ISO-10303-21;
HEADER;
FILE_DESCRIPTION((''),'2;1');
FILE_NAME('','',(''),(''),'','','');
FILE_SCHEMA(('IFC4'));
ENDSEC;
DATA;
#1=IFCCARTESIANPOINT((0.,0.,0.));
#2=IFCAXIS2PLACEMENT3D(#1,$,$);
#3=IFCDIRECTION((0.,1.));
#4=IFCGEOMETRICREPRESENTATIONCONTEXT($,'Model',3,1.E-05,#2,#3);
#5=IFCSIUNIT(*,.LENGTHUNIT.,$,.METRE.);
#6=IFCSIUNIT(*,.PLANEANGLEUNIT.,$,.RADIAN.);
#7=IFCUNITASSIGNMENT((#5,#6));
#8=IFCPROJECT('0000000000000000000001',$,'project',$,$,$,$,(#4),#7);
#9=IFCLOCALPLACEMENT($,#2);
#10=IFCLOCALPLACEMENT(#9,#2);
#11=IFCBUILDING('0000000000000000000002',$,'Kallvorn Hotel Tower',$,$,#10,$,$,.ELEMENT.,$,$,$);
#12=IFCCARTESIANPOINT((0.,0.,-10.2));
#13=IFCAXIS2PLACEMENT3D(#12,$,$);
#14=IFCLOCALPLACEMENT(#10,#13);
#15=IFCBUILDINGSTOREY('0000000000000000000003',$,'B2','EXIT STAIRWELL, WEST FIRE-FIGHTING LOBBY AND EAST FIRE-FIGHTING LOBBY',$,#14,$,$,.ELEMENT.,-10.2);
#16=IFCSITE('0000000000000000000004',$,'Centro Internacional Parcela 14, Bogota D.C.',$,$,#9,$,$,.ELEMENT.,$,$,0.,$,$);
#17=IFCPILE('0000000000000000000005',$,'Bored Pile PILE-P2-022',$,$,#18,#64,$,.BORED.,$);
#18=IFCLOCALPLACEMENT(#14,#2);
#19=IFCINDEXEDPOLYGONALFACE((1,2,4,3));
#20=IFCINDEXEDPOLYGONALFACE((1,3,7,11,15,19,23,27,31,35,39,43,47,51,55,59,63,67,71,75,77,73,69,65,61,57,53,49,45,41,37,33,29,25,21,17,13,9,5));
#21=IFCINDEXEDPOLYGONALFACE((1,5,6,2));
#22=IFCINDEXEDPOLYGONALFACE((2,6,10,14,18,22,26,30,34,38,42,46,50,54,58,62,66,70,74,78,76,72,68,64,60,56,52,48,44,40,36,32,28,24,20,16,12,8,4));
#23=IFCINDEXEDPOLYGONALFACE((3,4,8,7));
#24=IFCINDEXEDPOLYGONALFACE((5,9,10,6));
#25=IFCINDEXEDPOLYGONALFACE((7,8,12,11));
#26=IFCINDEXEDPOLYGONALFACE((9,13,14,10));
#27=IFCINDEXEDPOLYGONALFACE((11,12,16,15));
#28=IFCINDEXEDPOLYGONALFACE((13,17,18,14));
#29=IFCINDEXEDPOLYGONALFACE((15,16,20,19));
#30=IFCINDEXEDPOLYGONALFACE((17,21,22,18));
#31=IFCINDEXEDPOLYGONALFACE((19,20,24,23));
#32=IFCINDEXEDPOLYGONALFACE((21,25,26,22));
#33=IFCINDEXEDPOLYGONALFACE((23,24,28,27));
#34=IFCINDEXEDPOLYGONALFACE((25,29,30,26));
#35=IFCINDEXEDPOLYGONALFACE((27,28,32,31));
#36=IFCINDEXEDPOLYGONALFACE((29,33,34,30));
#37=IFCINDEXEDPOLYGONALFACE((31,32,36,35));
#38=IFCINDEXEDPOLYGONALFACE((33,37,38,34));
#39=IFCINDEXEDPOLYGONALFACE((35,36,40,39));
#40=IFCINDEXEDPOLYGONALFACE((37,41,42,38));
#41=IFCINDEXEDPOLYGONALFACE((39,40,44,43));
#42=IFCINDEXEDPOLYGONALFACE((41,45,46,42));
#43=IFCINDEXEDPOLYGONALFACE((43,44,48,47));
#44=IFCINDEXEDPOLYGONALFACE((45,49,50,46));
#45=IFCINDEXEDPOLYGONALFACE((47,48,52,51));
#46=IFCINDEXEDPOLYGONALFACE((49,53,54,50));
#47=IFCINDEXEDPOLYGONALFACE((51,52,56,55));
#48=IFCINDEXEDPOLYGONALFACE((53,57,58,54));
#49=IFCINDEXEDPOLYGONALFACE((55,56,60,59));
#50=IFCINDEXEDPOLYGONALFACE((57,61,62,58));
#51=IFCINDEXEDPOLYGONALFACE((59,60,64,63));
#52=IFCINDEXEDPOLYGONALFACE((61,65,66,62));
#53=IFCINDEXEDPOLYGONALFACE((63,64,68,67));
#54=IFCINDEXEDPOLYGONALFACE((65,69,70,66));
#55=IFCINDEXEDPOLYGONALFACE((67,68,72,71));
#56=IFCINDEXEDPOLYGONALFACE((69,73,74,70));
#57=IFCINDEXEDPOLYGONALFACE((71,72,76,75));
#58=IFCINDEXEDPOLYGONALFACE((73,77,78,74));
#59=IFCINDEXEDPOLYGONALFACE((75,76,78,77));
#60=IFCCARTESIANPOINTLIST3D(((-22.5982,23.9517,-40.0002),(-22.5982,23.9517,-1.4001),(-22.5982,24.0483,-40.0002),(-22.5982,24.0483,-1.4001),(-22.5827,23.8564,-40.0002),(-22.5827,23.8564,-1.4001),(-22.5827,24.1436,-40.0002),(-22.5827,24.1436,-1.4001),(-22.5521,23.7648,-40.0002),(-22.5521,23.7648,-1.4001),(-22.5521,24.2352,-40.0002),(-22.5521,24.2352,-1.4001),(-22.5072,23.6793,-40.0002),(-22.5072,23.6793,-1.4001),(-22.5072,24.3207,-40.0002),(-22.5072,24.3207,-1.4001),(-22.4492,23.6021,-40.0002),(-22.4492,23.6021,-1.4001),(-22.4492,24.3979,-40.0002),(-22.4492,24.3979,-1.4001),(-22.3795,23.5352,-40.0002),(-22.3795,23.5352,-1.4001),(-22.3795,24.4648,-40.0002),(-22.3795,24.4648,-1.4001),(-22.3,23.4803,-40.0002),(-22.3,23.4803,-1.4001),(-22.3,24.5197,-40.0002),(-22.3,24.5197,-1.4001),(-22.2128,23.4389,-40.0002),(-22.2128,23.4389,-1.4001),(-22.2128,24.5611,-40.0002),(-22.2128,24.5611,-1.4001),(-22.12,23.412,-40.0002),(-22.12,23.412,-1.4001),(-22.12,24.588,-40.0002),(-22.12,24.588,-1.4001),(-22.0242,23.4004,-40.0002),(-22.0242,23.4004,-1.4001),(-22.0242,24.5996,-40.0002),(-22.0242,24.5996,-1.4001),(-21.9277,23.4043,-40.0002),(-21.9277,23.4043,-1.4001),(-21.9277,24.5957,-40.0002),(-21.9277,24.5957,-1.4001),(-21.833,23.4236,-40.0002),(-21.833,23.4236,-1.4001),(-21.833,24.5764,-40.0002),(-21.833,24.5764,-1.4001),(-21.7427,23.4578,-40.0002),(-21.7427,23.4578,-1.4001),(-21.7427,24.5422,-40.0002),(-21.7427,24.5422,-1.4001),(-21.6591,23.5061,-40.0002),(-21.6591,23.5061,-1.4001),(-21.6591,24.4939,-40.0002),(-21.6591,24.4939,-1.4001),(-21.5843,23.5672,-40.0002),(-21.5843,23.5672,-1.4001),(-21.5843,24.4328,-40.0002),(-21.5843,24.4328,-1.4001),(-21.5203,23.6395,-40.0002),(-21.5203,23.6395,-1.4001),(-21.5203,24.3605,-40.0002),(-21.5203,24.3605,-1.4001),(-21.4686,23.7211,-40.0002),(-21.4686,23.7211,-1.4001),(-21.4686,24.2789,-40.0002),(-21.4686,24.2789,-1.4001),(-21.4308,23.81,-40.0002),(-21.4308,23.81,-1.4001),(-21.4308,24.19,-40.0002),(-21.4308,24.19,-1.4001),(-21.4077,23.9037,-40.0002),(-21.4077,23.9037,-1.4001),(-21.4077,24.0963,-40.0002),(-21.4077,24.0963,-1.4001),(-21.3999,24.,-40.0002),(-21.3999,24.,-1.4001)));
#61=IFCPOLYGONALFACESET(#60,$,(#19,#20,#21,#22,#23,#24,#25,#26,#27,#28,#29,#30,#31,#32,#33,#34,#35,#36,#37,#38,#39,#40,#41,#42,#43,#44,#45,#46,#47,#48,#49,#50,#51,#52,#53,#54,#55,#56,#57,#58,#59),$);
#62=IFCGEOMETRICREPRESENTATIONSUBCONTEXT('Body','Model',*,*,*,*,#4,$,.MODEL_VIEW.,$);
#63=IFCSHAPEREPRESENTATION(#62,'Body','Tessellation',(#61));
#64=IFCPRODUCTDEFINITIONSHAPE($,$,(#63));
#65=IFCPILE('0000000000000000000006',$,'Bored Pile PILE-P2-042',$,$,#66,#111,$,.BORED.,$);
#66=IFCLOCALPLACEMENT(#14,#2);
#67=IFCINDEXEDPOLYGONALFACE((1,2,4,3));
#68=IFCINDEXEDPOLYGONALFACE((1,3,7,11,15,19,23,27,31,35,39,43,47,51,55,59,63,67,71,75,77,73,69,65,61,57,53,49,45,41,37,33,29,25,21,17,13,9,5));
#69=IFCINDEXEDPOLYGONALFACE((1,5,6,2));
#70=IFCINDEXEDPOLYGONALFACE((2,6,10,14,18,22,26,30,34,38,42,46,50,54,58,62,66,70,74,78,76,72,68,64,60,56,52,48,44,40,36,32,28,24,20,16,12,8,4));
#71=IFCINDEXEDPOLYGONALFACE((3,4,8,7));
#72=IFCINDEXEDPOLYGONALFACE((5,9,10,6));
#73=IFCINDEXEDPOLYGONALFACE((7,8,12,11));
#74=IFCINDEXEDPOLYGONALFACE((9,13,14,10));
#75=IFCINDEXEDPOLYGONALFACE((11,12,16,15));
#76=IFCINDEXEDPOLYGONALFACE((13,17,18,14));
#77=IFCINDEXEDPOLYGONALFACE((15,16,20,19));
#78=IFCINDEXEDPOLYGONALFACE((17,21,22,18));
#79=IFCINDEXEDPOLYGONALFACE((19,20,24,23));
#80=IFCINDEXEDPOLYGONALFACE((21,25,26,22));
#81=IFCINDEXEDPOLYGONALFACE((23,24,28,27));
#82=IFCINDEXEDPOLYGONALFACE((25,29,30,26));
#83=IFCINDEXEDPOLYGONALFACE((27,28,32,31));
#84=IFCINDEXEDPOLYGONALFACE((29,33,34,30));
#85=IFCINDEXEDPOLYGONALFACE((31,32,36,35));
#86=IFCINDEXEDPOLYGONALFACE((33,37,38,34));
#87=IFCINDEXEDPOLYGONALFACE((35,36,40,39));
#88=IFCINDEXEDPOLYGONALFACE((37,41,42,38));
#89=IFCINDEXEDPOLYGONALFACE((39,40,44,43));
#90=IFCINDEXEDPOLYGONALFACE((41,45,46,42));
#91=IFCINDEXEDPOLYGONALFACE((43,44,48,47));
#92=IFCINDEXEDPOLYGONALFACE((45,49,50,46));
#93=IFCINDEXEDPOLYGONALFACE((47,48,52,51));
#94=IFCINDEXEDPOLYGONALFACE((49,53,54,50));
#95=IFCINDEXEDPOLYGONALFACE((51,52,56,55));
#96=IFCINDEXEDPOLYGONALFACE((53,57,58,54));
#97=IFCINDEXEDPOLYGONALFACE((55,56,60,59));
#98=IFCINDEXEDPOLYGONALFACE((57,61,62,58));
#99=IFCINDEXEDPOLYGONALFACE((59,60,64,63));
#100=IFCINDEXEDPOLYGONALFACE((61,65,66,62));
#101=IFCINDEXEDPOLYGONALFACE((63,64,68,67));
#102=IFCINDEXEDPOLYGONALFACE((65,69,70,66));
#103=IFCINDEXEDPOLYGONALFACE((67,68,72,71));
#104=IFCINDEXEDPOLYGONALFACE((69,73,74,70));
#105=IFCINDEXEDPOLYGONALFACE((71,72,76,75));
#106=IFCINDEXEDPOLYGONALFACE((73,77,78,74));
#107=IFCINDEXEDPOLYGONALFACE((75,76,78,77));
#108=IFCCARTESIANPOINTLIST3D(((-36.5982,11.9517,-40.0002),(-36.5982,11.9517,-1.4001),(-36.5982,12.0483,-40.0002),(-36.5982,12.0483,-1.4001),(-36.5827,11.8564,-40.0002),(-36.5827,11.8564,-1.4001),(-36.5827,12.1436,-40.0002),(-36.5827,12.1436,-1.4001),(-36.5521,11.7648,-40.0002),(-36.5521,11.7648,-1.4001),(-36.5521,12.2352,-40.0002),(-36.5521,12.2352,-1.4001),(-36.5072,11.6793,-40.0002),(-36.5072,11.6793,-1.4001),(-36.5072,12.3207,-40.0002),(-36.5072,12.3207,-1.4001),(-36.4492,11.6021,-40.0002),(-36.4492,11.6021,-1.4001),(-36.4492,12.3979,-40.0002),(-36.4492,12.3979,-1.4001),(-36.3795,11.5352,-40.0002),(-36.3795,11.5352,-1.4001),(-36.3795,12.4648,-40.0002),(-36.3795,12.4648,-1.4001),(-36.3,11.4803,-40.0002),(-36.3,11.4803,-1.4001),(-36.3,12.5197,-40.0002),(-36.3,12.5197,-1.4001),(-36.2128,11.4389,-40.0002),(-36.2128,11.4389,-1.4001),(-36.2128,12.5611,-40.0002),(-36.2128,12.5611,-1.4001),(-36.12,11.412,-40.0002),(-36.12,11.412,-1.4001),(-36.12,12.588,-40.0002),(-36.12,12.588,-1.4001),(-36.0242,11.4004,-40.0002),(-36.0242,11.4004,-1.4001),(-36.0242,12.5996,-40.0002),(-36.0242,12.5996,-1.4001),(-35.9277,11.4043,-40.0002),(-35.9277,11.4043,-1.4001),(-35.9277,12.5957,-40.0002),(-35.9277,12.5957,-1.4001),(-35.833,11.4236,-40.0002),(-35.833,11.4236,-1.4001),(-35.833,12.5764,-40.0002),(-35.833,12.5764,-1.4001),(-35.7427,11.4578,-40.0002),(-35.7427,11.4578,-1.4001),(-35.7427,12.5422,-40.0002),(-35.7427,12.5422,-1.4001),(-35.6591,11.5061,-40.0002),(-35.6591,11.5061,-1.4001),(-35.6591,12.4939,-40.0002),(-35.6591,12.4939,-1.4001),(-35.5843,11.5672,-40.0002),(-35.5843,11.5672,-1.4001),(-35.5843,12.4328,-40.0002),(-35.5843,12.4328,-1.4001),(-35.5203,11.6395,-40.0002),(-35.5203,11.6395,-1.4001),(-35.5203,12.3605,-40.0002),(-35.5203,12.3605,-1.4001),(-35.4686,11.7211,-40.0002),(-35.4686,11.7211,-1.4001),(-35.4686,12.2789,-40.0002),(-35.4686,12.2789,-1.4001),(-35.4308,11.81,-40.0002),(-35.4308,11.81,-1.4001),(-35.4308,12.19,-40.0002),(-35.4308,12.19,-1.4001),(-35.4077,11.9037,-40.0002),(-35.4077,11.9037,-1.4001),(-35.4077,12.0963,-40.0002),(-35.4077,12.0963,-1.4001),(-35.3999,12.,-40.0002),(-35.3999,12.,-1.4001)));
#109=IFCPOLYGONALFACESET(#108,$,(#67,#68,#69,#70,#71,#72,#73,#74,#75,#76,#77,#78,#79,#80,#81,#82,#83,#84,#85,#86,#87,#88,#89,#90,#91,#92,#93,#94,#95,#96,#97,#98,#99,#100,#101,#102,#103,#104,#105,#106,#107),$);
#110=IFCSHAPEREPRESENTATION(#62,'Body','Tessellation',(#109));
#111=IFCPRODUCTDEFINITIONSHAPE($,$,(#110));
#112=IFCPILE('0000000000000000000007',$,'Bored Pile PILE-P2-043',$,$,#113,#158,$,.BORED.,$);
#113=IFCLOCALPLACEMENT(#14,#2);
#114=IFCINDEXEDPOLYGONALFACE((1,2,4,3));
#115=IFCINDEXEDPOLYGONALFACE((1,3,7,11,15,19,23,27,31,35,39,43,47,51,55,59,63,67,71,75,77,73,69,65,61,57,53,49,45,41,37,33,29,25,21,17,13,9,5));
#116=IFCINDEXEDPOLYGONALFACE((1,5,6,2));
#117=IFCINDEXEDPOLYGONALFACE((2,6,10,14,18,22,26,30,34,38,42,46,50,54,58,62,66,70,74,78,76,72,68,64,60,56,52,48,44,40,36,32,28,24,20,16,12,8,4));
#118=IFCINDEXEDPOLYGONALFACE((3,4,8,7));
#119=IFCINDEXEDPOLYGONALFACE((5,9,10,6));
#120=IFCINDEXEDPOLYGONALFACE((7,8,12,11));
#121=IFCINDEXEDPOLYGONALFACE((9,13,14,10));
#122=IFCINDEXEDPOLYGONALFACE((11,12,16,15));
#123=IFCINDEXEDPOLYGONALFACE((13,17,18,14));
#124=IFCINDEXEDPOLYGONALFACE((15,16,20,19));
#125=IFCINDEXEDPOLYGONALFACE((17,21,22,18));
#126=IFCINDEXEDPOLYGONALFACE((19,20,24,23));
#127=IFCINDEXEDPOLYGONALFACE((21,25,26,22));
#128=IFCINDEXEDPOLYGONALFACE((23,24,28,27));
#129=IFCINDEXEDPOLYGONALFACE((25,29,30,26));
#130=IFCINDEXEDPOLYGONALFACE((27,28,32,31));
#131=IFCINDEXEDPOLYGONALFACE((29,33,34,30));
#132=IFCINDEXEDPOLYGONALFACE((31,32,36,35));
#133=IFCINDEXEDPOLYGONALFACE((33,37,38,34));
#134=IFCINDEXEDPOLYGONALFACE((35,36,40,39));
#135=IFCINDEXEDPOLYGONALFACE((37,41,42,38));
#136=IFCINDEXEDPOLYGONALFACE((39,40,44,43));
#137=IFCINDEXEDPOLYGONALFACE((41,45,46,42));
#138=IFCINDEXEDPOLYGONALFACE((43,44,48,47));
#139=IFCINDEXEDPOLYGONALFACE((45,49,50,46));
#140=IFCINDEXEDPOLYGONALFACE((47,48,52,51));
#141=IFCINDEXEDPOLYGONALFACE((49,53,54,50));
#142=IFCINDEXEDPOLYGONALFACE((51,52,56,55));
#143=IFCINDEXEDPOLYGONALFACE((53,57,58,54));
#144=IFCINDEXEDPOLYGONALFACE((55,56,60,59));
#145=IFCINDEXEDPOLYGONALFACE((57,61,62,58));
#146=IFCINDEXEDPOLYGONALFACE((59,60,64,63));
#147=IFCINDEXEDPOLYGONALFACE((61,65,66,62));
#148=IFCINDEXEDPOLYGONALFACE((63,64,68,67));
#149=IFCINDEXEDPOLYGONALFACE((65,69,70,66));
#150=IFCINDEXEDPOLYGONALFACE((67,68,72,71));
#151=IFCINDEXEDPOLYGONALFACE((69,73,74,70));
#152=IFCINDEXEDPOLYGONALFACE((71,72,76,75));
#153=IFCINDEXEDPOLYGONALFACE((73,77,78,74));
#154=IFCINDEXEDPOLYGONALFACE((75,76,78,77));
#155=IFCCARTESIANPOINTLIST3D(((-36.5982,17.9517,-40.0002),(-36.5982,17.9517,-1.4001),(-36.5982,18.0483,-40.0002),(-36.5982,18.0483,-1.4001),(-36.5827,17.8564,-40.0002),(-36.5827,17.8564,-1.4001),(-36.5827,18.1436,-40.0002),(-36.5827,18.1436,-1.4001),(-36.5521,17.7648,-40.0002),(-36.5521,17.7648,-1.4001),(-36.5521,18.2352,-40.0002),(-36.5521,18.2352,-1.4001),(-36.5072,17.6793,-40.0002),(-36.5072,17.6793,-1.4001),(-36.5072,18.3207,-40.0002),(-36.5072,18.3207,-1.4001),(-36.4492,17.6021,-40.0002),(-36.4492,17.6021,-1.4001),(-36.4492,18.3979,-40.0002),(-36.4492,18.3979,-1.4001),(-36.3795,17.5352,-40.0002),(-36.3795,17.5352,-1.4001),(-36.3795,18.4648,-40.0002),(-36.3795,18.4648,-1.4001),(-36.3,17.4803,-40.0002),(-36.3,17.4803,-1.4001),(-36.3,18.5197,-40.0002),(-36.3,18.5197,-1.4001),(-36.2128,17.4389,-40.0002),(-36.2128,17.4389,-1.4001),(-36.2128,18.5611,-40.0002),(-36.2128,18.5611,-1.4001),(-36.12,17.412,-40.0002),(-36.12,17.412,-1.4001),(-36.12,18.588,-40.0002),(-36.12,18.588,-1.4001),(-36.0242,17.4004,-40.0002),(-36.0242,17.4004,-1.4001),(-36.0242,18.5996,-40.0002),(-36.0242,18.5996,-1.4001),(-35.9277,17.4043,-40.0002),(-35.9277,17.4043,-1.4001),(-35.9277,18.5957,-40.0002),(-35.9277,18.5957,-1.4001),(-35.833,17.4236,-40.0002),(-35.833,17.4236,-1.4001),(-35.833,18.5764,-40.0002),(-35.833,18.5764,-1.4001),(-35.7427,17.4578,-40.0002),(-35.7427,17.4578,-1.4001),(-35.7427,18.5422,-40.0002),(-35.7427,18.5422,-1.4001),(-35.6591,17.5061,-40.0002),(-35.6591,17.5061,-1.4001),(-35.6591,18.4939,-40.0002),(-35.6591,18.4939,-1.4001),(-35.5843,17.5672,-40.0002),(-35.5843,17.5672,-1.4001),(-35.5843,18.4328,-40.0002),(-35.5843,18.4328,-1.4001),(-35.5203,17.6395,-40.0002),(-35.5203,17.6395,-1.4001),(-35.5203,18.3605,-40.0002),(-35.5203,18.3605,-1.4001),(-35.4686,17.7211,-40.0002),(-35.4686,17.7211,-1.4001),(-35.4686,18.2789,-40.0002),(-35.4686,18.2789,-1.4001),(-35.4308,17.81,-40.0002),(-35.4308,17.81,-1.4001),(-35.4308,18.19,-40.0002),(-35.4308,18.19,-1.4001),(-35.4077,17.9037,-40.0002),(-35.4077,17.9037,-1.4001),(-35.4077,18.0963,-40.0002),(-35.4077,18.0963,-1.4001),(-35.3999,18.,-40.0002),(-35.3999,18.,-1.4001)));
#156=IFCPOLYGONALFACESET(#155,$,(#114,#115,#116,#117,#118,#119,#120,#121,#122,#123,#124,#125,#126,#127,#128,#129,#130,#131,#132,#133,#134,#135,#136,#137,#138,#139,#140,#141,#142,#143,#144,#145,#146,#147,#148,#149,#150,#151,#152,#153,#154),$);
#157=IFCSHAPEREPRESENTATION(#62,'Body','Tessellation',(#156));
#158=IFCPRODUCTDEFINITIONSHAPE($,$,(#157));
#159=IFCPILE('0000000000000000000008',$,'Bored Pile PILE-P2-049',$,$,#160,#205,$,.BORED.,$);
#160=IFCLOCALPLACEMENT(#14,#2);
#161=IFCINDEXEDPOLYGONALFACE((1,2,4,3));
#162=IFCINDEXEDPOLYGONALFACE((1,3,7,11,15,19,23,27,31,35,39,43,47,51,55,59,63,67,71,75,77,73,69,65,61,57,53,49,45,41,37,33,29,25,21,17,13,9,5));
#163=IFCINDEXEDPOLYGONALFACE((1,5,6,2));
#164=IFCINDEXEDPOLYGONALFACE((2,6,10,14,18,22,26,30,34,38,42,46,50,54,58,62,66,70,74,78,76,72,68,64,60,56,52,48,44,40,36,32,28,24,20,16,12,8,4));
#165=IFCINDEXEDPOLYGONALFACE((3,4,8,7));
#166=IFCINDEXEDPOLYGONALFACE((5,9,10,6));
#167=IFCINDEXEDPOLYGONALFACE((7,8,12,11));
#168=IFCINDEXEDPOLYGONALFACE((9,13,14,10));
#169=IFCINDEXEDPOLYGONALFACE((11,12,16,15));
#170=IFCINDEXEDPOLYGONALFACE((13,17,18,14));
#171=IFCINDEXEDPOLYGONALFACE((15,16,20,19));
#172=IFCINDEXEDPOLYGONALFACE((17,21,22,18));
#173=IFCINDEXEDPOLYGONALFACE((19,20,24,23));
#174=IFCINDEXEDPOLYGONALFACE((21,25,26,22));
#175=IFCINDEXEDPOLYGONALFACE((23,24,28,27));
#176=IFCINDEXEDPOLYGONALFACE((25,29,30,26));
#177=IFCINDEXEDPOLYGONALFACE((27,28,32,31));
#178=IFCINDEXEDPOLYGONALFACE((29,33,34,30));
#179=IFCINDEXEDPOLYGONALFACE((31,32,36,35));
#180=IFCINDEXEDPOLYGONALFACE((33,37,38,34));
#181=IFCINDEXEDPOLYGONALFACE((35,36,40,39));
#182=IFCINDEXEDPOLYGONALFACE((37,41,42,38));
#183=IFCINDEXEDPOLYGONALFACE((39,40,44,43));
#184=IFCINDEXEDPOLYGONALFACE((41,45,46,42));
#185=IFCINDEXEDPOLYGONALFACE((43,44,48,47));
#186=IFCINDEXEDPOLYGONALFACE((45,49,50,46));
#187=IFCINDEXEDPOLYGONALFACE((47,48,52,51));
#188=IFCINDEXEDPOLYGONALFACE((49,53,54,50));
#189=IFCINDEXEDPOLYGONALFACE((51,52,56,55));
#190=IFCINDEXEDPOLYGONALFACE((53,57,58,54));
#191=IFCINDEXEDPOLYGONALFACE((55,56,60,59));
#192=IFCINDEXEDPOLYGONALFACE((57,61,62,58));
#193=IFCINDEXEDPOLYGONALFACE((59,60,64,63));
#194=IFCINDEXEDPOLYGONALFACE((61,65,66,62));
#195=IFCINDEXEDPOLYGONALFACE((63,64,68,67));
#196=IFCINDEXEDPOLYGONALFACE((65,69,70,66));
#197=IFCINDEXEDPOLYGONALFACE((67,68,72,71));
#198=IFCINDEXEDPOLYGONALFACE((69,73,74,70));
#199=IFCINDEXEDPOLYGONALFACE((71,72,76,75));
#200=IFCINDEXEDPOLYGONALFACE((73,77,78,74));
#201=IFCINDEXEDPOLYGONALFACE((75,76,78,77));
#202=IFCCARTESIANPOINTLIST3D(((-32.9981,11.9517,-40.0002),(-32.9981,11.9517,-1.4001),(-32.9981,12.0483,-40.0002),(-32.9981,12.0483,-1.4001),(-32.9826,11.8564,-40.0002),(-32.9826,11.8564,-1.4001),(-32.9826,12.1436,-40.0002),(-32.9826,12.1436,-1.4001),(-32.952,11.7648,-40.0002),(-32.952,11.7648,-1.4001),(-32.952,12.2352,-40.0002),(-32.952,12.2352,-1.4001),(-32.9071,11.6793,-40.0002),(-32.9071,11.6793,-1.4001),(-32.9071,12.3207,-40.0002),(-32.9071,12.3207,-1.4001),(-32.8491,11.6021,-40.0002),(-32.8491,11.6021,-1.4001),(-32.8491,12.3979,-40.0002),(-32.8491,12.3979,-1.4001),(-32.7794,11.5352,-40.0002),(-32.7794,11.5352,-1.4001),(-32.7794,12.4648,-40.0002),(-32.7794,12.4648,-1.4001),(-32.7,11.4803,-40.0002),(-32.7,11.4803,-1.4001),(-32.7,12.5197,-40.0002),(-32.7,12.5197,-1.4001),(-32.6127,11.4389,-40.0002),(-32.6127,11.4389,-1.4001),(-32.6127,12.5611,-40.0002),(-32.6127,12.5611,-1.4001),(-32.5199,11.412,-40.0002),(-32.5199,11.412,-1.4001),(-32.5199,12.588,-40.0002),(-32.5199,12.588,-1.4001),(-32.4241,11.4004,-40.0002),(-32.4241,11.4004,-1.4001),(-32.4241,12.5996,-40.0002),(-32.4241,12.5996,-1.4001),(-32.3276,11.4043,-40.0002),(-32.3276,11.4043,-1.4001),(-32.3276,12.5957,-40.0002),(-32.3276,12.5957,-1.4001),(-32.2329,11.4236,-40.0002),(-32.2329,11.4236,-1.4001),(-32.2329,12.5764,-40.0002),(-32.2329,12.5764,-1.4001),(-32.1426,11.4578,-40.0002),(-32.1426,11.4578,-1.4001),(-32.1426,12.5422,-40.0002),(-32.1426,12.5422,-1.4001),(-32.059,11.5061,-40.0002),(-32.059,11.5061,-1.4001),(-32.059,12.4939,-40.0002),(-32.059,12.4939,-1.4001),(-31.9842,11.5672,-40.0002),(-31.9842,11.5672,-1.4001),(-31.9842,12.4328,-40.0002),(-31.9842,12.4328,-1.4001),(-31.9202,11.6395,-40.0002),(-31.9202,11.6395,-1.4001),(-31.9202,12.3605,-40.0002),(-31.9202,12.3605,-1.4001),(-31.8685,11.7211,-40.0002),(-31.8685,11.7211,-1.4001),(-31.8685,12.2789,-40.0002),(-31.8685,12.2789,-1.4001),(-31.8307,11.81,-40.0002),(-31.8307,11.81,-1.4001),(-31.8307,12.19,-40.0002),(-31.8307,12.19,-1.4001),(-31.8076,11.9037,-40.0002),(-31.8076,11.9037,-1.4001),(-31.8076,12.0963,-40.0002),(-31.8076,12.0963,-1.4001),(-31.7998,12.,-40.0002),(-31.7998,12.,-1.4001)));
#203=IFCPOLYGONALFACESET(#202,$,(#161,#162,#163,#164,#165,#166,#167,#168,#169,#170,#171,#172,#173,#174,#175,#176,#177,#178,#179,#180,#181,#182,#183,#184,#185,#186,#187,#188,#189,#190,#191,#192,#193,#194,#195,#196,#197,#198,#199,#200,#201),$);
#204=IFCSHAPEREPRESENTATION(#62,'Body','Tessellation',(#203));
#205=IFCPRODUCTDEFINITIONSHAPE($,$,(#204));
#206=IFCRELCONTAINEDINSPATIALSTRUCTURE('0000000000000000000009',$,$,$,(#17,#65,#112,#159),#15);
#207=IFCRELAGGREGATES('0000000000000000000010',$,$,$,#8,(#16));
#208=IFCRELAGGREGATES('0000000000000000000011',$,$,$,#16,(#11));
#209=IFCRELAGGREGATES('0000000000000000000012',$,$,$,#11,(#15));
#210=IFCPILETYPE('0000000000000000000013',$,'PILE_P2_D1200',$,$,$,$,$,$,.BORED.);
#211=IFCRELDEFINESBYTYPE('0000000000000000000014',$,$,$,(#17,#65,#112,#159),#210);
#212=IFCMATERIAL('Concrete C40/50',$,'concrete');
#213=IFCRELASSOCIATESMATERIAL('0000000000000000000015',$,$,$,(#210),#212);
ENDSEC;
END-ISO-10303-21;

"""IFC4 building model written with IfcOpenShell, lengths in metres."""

from ifc_helpers import new_model, si_unit, direction, frame, origin, origin_2d, place, context, subcontext, project, spatial, circle, extrude, material, material_profile, profile_set, type_object, element, save


model = new_model("IFC4")

# Units and contexts
model_context = context("Model", 3, precision=1e-05, world=origin(), true_north=direction((0.0, 1.0)))
body_context = subcontext(model_context, "Body", "Model", "MODEL_VIEW")
ifc_project = project(units=[si_unit("LENGTHUNIT", "METRE"), si_unit("PLANEANGLEUNIT", "RADIAN")], contexts=[model_context])

# Site, building, storey
site_placement = place(None, origin())
site = spatial("IfcSite", under=ifc_project, at=site_placement, Name="Centro Internacional Parcela 14, Bogota D.C.", CompositionType="ELEMENT", RefElevation=0.0)
building_placement = place(site_placement, origin())
building = spatial("IfcBuilding", under=site, at=building_placement, Name="Kallvorn Hotel Tower", CompositionType="ELEMENT")
storey_placement = place(building_placement, frame((0.0, 0.0, -10.2)))
storey = spatial("IfcBuildingStorey", under=building, at=storey_placement, Name="B2", Description="EXIT STAIRWELL, WEST FIRE-FIGHTING LOBBY AND EAST FIRE-FIGHTING LOBBY", CompositionType="ELEMENT", Elevation=-10.2)

# Piles
ifc_material_1 = material(Name="Concrete C40/50", Category="concrete")
ifc_material_profile_1 = material_profile(ifc_material_1, circle(Radius=0.6001, at=origin_2d()), Name="PILE D1200")
ifc_profile_set_1 = profile_set([ifc_material_profile_1], Name="Concrete C40/50")
pile_type_1 = type_object("IfcPileType", Name="PILE_P2_D1200", PredefinedType="BORED", material=ifc_profile_set_1)
for number, where, z_axis, x_axis, name in (
    (1, (-22.0, 24.0, -1.4001), (0.0, 0.0, -1.0), (1.0, 0.0, 0.0), "Bored Pile PILE-P2-022"),
    (2, (-36.0, 12.0, -1.4001), (0.0, 0.0, -1.0), (1.0, 0.0, 0.0), "Bored Pile PILE-P2-042"),
    (3, (-36.0, 18.0, -1.4001), (0.0, 0.0, -1.0), (1.0, 0.0, 0.0), "Bored Pile PILE-P2-043"),
    (4, (-32.3999, 12.0, -1.4001), (0.0, 0.0, -1.0), (1.0, 0.0, 0.0), "Bored Pile PILE-P2-049"),
):
    element("IfcPile", number, at=place(storey_placement, frame(where, z_axis=z_axis, x_axis=x_axis)), inside=storey, type_object=pile_type_1, Name=name, PredefinedType="BORED", context=body_context, shape_type="SweptSolid", body=[
        extrude(circle(Radius=0.6001, at=origin_2d()), origin(), (0.0, 0.0, 1.0), 38.6001),
    ])

save(model, "model.ifc")
